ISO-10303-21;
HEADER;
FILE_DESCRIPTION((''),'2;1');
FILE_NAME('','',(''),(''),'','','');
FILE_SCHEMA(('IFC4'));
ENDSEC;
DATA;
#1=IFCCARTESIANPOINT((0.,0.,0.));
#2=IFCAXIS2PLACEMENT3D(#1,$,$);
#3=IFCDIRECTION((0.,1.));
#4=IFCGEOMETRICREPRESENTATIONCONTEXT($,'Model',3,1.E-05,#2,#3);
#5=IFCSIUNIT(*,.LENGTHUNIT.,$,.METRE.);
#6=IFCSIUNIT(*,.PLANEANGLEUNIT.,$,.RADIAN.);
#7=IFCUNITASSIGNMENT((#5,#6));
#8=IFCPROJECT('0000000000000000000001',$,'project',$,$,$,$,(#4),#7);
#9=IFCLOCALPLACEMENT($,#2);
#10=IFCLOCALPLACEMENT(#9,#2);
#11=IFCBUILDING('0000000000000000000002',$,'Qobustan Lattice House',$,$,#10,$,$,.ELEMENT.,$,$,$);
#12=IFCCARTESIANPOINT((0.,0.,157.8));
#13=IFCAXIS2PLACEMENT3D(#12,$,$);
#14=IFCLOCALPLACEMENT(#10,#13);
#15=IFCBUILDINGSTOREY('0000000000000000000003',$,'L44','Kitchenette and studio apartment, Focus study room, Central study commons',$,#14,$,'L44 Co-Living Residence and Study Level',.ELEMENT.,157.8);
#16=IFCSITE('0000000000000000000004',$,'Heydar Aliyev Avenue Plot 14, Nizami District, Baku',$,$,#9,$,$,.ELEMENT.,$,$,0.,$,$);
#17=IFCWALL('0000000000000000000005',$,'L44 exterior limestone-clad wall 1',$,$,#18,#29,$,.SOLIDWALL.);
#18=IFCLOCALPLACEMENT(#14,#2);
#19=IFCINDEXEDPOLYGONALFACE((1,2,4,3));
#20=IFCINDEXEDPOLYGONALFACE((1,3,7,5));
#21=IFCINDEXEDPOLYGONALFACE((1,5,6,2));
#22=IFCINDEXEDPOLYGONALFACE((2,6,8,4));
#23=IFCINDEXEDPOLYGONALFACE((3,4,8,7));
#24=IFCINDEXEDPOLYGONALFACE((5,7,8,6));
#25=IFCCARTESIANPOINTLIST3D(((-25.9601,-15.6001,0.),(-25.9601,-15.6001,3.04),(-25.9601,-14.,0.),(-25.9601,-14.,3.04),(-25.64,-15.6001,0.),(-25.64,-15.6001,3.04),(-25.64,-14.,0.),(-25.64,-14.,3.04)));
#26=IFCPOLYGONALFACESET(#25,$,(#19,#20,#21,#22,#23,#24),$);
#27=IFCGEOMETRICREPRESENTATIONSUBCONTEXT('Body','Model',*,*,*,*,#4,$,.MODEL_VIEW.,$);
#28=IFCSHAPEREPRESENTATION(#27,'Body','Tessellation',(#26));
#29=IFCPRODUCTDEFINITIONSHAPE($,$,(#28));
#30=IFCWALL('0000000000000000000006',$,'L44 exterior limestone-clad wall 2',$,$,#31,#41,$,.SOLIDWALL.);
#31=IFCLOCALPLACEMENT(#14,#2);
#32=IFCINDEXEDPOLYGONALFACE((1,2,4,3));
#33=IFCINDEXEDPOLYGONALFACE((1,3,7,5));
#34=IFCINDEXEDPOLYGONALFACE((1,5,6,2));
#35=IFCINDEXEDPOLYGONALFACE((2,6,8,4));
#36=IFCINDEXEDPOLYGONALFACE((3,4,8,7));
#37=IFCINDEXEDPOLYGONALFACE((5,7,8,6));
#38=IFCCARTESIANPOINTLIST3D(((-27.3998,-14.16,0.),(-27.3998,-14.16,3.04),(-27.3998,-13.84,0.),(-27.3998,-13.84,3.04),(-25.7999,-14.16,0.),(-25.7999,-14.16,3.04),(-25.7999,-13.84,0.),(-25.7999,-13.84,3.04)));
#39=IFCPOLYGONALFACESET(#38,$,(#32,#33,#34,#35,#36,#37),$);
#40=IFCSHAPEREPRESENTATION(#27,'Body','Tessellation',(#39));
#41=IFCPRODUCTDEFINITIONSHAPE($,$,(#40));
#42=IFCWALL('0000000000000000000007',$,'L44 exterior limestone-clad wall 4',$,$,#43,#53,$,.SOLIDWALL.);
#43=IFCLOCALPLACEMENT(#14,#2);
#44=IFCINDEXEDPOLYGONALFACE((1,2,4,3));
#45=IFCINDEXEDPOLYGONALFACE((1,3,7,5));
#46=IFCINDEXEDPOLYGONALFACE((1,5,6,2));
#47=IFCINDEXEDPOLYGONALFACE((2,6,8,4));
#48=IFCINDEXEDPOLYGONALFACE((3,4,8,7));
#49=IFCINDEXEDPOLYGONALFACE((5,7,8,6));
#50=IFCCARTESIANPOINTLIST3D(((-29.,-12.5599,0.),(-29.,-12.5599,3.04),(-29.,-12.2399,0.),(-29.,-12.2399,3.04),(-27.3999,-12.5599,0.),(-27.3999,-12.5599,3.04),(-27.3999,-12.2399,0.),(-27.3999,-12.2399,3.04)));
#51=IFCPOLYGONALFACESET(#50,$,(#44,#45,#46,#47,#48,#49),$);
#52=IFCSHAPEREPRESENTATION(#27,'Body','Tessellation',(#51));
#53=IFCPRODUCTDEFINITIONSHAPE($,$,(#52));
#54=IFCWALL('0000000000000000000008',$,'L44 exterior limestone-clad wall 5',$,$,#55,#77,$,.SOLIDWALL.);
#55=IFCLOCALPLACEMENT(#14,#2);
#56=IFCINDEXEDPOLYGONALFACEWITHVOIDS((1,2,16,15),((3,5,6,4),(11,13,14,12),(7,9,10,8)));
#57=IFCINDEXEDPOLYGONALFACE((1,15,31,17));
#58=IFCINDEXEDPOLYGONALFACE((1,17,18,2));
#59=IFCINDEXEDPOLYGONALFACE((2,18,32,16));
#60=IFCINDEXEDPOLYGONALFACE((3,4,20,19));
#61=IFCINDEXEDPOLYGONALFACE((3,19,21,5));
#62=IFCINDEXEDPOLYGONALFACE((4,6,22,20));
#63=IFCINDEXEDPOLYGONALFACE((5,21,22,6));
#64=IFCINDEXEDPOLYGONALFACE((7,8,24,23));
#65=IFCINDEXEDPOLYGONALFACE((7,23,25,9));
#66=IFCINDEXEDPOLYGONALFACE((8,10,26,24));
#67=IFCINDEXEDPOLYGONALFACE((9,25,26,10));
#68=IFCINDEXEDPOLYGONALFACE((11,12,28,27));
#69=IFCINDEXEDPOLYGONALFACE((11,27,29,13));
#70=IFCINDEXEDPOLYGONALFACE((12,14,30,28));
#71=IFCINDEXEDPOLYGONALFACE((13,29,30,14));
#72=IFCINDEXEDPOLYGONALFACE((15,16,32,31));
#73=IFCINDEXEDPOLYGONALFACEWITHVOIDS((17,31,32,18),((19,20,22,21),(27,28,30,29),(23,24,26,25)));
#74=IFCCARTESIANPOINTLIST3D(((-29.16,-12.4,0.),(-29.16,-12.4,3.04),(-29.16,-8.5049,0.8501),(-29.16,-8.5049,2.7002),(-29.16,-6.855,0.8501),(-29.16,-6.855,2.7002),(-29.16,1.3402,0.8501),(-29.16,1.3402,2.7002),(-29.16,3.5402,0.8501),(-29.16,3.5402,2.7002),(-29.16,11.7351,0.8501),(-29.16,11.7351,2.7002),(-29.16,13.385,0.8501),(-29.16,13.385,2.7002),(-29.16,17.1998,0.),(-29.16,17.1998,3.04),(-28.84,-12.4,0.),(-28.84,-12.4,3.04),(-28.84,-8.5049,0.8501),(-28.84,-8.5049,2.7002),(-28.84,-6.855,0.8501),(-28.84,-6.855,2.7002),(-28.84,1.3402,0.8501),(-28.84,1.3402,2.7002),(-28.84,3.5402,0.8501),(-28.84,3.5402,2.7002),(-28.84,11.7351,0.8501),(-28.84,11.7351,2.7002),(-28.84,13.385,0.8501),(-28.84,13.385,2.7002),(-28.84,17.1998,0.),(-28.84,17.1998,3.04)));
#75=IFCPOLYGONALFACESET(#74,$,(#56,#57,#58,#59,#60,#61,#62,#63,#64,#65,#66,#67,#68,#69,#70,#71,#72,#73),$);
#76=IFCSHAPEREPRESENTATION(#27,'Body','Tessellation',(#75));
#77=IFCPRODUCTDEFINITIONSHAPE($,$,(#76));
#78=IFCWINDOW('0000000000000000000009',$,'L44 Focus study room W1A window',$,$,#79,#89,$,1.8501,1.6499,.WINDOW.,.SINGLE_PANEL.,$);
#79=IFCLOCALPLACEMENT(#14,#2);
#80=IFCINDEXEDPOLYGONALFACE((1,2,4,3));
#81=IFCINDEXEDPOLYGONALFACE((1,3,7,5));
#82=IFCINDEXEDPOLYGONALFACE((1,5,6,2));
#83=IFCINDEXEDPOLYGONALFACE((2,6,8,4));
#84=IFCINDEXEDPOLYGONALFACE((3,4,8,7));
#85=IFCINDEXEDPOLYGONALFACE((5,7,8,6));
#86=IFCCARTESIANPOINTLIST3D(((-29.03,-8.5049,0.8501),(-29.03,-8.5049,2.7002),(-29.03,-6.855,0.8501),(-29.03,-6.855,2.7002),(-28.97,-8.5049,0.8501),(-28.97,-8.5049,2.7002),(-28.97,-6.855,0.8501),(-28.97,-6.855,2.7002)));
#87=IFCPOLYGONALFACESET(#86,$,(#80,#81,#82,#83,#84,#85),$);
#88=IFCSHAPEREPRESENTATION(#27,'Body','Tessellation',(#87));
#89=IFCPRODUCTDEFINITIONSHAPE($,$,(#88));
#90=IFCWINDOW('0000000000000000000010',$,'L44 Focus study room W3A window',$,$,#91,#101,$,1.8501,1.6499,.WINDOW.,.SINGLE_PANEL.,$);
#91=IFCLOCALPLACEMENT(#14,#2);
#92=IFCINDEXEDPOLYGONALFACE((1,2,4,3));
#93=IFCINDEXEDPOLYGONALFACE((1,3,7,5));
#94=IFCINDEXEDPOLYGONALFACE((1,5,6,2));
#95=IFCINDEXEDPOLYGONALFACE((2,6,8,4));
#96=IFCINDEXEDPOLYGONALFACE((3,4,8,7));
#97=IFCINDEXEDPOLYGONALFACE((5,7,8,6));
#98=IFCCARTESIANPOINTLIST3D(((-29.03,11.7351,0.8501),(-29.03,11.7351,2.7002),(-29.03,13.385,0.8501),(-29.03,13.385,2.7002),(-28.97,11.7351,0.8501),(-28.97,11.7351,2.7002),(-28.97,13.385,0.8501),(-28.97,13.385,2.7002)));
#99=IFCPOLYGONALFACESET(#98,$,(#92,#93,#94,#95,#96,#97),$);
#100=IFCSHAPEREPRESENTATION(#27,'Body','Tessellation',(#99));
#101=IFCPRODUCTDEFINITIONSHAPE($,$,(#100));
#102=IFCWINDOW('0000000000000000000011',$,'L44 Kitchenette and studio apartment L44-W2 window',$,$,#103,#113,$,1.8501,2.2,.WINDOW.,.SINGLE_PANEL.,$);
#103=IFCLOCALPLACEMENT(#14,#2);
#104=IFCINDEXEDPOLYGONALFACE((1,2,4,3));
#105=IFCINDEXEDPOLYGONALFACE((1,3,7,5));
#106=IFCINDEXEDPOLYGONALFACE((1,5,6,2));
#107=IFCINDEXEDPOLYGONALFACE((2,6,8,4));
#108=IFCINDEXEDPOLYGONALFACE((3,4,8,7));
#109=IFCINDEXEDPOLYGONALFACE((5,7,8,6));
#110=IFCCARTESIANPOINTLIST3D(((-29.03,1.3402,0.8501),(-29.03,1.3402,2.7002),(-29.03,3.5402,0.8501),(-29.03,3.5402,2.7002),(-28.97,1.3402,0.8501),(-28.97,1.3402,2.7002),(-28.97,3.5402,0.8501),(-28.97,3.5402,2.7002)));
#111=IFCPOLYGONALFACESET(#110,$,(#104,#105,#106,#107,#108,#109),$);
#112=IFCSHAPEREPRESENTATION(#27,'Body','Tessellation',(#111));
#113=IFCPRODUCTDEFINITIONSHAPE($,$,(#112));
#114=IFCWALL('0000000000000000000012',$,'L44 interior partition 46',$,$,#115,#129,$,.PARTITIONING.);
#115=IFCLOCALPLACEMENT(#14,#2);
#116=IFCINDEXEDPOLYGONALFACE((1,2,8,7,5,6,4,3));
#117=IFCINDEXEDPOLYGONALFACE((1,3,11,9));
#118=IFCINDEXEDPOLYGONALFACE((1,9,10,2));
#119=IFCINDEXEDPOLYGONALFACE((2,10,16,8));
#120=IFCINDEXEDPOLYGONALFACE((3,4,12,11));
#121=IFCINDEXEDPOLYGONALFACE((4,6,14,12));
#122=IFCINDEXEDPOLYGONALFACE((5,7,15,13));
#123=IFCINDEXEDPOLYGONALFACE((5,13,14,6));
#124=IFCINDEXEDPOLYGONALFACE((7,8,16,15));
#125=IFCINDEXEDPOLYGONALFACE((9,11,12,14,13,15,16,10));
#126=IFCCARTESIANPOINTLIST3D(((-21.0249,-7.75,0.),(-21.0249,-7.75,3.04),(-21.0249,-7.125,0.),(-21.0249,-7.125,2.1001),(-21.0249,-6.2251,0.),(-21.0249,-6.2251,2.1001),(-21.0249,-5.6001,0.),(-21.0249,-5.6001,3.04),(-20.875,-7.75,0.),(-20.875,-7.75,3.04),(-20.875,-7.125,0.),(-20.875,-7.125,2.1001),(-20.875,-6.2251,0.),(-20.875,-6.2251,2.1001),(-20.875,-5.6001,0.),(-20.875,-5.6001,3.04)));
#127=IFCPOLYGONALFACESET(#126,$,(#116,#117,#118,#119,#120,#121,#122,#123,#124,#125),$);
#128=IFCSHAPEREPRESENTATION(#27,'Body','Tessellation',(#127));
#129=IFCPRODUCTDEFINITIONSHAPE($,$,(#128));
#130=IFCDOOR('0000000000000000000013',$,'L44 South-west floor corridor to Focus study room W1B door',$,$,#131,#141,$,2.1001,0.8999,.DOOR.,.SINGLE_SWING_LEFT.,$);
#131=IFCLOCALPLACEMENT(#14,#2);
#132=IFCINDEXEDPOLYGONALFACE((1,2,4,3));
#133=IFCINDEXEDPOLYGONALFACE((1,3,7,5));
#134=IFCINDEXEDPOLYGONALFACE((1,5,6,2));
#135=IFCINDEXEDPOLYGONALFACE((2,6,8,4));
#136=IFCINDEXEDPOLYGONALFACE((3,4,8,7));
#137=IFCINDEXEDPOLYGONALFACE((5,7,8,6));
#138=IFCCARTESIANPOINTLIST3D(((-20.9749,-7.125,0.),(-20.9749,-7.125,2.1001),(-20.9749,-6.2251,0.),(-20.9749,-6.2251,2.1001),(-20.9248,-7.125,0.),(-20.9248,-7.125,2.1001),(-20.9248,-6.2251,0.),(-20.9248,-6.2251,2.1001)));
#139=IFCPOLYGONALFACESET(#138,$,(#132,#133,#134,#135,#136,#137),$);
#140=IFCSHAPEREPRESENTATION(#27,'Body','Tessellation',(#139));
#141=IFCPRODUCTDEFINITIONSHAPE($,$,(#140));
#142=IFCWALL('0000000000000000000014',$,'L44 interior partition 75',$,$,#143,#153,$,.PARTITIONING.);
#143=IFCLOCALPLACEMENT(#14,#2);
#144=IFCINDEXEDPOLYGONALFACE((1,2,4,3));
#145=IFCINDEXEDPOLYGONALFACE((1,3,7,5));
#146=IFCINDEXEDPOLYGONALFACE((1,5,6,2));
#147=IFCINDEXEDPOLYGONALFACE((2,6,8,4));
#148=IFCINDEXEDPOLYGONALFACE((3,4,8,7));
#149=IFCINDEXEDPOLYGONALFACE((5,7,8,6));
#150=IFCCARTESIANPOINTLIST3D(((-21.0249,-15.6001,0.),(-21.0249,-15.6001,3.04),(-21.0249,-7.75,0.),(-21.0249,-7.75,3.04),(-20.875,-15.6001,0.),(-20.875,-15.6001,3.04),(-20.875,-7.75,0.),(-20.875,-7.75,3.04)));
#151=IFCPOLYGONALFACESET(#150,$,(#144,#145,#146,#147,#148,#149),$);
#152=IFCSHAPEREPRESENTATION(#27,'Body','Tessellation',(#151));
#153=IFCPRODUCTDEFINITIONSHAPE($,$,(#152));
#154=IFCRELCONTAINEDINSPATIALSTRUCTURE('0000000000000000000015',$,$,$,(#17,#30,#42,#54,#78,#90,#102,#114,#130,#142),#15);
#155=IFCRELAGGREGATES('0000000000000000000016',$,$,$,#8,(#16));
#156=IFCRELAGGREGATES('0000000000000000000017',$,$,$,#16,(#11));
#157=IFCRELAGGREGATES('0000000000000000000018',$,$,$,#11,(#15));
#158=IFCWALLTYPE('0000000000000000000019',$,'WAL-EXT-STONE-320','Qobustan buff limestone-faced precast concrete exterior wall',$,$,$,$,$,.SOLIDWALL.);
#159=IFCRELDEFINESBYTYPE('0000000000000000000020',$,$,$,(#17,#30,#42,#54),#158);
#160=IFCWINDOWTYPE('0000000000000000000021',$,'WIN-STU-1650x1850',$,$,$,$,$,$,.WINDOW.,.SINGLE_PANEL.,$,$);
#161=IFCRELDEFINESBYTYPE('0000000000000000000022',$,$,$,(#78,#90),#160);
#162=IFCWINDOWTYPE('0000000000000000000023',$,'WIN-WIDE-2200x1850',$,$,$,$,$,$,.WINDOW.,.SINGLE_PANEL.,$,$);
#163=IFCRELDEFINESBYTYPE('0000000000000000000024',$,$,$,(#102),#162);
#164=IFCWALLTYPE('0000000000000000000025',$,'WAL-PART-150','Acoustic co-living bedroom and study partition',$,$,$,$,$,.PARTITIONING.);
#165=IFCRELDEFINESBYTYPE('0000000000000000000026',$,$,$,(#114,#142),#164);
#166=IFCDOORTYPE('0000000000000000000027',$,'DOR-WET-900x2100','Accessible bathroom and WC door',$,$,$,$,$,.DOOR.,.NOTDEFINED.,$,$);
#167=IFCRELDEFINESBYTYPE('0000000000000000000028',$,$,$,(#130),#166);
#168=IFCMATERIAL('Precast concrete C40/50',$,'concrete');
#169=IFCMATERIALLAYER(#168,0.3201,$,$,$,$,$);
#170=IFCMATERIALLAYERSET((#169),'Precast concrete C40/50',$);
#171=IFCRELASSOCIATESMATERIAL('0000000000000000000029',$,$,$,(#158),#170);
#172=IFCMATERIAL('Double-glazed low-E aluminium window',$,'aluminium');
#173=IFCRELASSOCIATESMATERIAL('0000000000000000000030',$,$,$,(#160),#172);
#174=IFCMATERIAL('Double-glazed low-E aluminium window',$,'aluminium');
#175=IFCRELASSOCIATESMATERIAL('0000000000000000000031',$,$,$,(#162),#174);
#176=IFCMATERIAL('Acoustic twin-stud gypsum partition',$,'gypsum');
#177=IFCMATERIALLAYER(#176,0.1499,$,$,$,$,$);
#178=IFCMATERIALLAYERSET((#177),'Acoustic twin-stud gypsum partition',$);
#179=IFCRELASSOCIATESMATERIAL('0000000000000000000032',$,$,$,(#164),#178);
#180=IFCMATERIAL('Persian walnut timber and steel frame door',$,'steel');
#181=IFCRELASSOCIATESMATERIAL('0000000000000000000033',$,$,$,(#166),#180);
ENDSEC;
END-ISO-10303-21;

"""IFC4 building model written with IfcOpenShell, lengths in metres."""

from ifc_helpers import new_model, si_unit, direction, frame, frame_2d, origin, place, context, subcontext, project, spatial, rectangle, extrude, material, layer, layer_set, type_object, element, fill, save


model = new_model("IFC4")

# Units and contexts
model_context = context("Model", 3, precision=1e-05, world=origin(), true_north=direction((0.0, 1.0)))
body_context = subcontext(model_context, "Body", "Model", "MODEL_VIEW")
ifc_project = project(units=[si_unit("LENGTHUNIT", "METRE"), si_unit("PLANEANGLEUNIT", "RADIAN")], contexts=[model_context])

# Site, building, storey
site_placement = place(None, origin())
site = spatial("IfcSite", under=ifc_project, at=site_placement, Name="Heydar Aliyev Avenue Plot 14, Nizami District, Baku", CompositionType="ELEMENT", RefElevation=0.0)
building_placement = place(site_placement, origin())
building = spatial("IfcBuilding", under=site, at=building_placement, Name="Qobustan Lattice House", CompositionType="ELEMENT")
storey_placement = place(building_placement, frame((0.0, 0.0, 157.8)))
storey = spatial("IfcBuildingStorey", under=building, at=storey_placement, Name="L44", Description="Kitchenette and studio apartment, Focus study room, Central study commons", LongName="L44 Co-Living Residence and Study Level", CompositionType="ELEMENT", Elevation=157.8)

# Walls
ifc_material_1 = material(Name="Precast concrete C40/50", Category="concrete")
ifc_layer_1 = layer(ifc_material_1, 0.3201)
ifc_layer_set_1 = layer_set([ifc_layer_1], Name="Precast concrete C40/50")
wall_type_1 = type_object("IfcWallType", Name="WAL-EXT-STONE-320", Description="Qobustan buff limestone-faced precast concrete exterior wall", PredefinedType="SOLIDWALL", material=ifc_layer_set_1)
wall_1_placement = place(storey_placement, frame((-25.8, -15.6001, 0.0), z_axis=(0.0, 0.0, 1.0), x_axis=(0.0, 1.0, 0.0)))
element("IfcWall", 1, at=wall_1_placement, inside=storey, type_object=wall_type_1, Name="L44 exterior limestone-clad wall 1", PredefinedType="SOLIDWALL", context=body_context, shape_type="SweptSolid", body=[
    extrude(rectangle(XDim=1.6001, YDim=0.3201, at=frame_2d((0.8, 0.0))), origin(), (0.0, 0.0, 1.0), 3.04),
])
wall_2_placement = place(storey_placement, frame((-25.8, -14.0, 0.0), z_axis=(0.0, 0.0, 1.0), x_axis=(-1.0, 0.0, 0.0)))
element("IfcWall", 2, at=wall_2_placement, inside=storey, type_object=wall_type_1, Name="L44 exterior limestone-clad wall 2", PredefinedType="SOLIDWALL", context=body_context, shape_type="SweptSolid", body=[
    extrude(rectangle(XDim=1.5999, YDim=0.3201, at=frame_2d((0.7998, 0.0))), origin(), (0.0, 0.0, 1.0), 3.04),
])
wall_3_placement = place(storey_placement, frame((-27.3999, -12.3999, 0.0), z_axis=(0.0, 0.0, 1.0), x_axis=(-1.0, 0.0, 0.0)))
element("IfcWall", 3, at=wall_3_placement, inside=storey, type_object=wall_type_1, Name="L44 exterior limestone-clad wall 4", PredefinedType="SOLIDWALL", context=body_context, shape_type="SweptSolid", body=[
    extrude(rectangle(XDim=1.6001, YDim=0.3201, at=frame_2d((0.8, 0.0))), origin(), (0.0, 0.0, 1.0), 3.04),
])

# Wall, openings, windows
wall_4_placement = place(storey_placement, frame((-29.0, -12.3999, 0.0), z_axis=(0.0, 0.0, 1.0), x_axis=(0.0, 1.0, 0.0)))
wall_4 = element("IfcWall", 4, at=wall_4_placement, inside=storey, type_object=wall_type_1, Name="L44 exterior limestone-clad wall 5", PredefinedType="SOLIDWALL", context=body_context, shape_type="SweptSolid", body=[
    extrude(rectangle(XDim=29.5999, YDim=0.3201, at=frame_2d((14.7998, 0.0))), origin(), (0.0, 0.0, 1.0), 3.04),
])
opening_1_placement = place(wall_4_placement, frame((3.895, 0.0, 0.8501)))
opening_1 = element("IfcOpeningElement", 5, at=opening_1_placement, cuts=wall_4, PredefinedType="OPENING", context=body_context, shape_type="SweptSolid", body=[
    extrude(rectangle(XDim=1.6499, YDim=1.8501, at=frame_2d((0.825, 0.925))), frame((0.0, 0.1699, 0.0), z_axis=(0.0, -1.0, 0.0), x_axis=(1.0, 0.0, 0.0)), (0.0, 0.0, 1.0), 0.3401),
])
opening_2_placement = place(wall_4_placement, frame((13.74, 0.0, 0.8501)))
opening_2 = element("IfcOpeningElement", 6, at=opening_2_placement, cuts=wall_4, PredefinedType="OPENING", context=body_context, shape_type="SweptSolid", body=[
    extrude(rectangle(XDim=2.2, YDim=1.8501, at=frame_2d((1.1001, 0.925))), frame((0.0, 0.1699, 0.0), z_axis=(0.0, -1.0, 0.0), x_axis=(1.0, 0.0, 0.0)), (0.0, 0.0, 1.0), 0.3401),
])
opening_3_placement = place(wall_4_placement, frame((24.135, 0.0, 0.8501)))
opening_3 = element("IfcOpeningElement", 7, at=opening_3_placement, cuts=wall_4, PredefinedType="OPENING", context=body_context, shape_type="SweptSolid", body=[
    extrude(rectangle(XDim=1.6499, YDim=1.8501, at=frame_2d((0.825, 0.925))), frame((0.0, 0.1699, 0.0), z_axis=(0.0, -1.0, 0.0), x_axis=(1.0, 0.0, 0.0)), (0.0, 0.0, 1.0), 0.3401),
])
ifc_material_2 = material(Name="Double-glazed low-E aluminium window", Category="aluminium")
window_type_1 = type_object("IfcWindowType", Name="WIN-STU-1650x1850", PartitioningType="SINGLE_PANEL", PredefinedType="WINDOW", material=ifc_material_2)
window_1_placement = place(opening_1_placement, origin())
window_1 = element("IfcWindow", 8, at=window_1_placement, inside=storey, type_object=window_type_1, Name="L44 Focus study room W1A window", OverallHeight=1.8501, OverallWidth=1.6499, PartitioningType="SINGLE_PANEL", PredefinedType="WINDOW", context=body_context, shape_type="SweptSolid", body=[
    extrude(rectangle(XDim=1.6499, YDim=1.8501, at=frame_2d((0.825, 0.925))), frame((0.0, 0.03, 0.0), z_axis=(0.0, -1.0, 0.0), x_axis=(1.0, 0.0, 0.0)), (0.0, 0.0, 1.0), 0.0601),
])
fill(opening_1, window_1)
window_2_placement = place(opening_3_placement, origin())
window_2 = element("IfcWindow", 9, at=window_2_placement, inside=storey, type_object=window_type_1, Name="L44 Focus study room W3A window", OverallHeight=1.8501, OverallWidth=1.6499, PartitioningType="SINGLE_PANEL", PredefinedType="WINDOW", context=body_context, shape_type="SweptSolid", body=[
    extrude(rectangle(XDim=1.6499, YDim=1.8501, at=frame_2d((0.825, 0.925))), frame((0.0, 0.03, 0.0), z_axis=(0.0, -1.0, 0.0), x_axis=(1.0, 0.0, 0.0)), (0.0, 0.0, 1.0), 0.0601),
])
fill(opening_3, window_2)
ifc_material_3 = material(Name="Double-glazed low-E aluminium window", Category="aluminium")
window_type_2 = type_object("IfcWindowType", Name="WIN-WIDE-2200x1850", PartitioningType="SINGLE_PANEL", PredefinedType="WINDOW", material=ifc_material_3)
window_3_placement = place(opening_2_placement, origin())
window_3 = element("IfcWindow", 10, at=window_3_placement, inside=storey, type_object=window_type_2, Name="L44 Kitchenette and studio apartment L44-W2 window", OverallHeight=1.8501, OverallWidth=2.2, PartitioningType="SINGLE_PANEL", PredefinedType="WINDOW", context=body_context, shape_type="SweptSolid", body=[
    extrude(rectangle(XDim=2.2, YDim=1.8501, at=frame_2d((1.1001, 0.925))), frame((0.0, 0.03, 0.0), z_axis=(0.0, -1.0, 0.0), x_axis=(1.0, 0.0, 0.0)), (0.0, 0.0, 1.0), 0.0601),
])
fill(opening_2, window_3)

# Wall, opening, door
ifc_material_4 = material(Name="Acoustic twin-stud gypsum partition", Category="gypsum")
ifc_layer_2 = layer(ifc_material_4, 0.1499)
ifc_layer_set_2 = layer_set([ifc_layer_2], Name="Acoustic twin-stud gypsum partition")
wall_type_2 = type_object("IfcWallType", Name="WAL-PART-150", Description="Acoustic co-living bedroom and study partition", PredefinedType="PARTITIONING", material=ifc_layer_set_2)
wall_5_placement = place(storey_placement, frame((-20.95, -7.75, 0.0), z_axis=(0.0, 0.0, 1.0), x_axis=(0.0, 1.0, 0.0)))
wall_5 = element("IfcWall", 11, at=wall_5_placement, inside=storey, type_object=wall_type_2, Name="L44 interior partition 46", PredefinedType="PARTITIONING", context=body_context, shape_type="SweptSolid", body=[
    extrude(rectangle(XDim=2.1499, YDim=0.1499, at=frame_2d((1.075, 0.0))), origin(), (0.0, 0.0, 1.0), 3.04),
])
opening_4_placement = place(wall_5_placement, frame((0.625, 0.0, 0.0)))
opening_4 = element("IfcOpeningElement", 12, at=opening_4_placement, cuts=wall_5, PredefinedType="OPENING", context=body_context, shape_type="SweptSolid", body=[
    extrude(rectangle(XDim=0.8999, YDim=2.1001, at=frame_2d((0.45, 1.05))), frame((0.0, 0.085, 0.0), z_axis=(0.0, -1.0, 0.0), x_axis=(1.0, 0.0, 0.0)), (0.0, 0.0, 1.0), 0.1699),
])
ifc_material_5 = material(Name="Persian walnut timber and steel frame door", Category="steel")
door_type = type_object("IfcDoorType", Name="DOR-WET-900x2100", Description="Accessible bathroom and WC door", OperationType="NOTDEFINED", PredefinedType="DOOR", material=ifc_material_5)
door_placement = place(opening_4_placement, origin())
door = element("IfcDoor", 13, at=door_placement, inside=storey, type_object=door_type, Name="L44 South-west floor corridor to Focus study room W1B door", OperationType="SINGLE_SWING_LEFT", OverallHeight=2.1001, OverallWidth=0.8999, PredefinedType="DOOR", context=body_context, shape_type="SweptSolid", body=[
    extrude(rectangle(XDim=0.8999, YDim=2.1001, at=frame_2d((0.45, 1.05))), frame((0.0, 0.0249, 0.0), z_axis=(0.0, -1.0, 0.0), x_axis=(1.0, 0.0, 0.0)), (0.0, 0.0, 1.0), 0.05),
])
fill(opening_4, door)

# Wall
wall_6_placement = place(storey_placement, frame((-20.95, -7.75, 0.0), z_axis=(0.0, 0.0, 1.0), x_axis=(0.0, -1.0, 0.0)))
element("IfcWall", 14, at=wall_6_placement, inside=storey, type_object=wall_type_2, Name="L44 interior partition 75", PredefinedType="PARTITIONING", context=body_context, shape_type="SweptSolid", body=[
    extrude(rectangle(XDim=7.8501, YDim=0.1499, at=frame_2d((3.925, 0.0))), origin(), (0.0, 0.0, 1.0), 3.04),
])

save(model, "model.ifc")
